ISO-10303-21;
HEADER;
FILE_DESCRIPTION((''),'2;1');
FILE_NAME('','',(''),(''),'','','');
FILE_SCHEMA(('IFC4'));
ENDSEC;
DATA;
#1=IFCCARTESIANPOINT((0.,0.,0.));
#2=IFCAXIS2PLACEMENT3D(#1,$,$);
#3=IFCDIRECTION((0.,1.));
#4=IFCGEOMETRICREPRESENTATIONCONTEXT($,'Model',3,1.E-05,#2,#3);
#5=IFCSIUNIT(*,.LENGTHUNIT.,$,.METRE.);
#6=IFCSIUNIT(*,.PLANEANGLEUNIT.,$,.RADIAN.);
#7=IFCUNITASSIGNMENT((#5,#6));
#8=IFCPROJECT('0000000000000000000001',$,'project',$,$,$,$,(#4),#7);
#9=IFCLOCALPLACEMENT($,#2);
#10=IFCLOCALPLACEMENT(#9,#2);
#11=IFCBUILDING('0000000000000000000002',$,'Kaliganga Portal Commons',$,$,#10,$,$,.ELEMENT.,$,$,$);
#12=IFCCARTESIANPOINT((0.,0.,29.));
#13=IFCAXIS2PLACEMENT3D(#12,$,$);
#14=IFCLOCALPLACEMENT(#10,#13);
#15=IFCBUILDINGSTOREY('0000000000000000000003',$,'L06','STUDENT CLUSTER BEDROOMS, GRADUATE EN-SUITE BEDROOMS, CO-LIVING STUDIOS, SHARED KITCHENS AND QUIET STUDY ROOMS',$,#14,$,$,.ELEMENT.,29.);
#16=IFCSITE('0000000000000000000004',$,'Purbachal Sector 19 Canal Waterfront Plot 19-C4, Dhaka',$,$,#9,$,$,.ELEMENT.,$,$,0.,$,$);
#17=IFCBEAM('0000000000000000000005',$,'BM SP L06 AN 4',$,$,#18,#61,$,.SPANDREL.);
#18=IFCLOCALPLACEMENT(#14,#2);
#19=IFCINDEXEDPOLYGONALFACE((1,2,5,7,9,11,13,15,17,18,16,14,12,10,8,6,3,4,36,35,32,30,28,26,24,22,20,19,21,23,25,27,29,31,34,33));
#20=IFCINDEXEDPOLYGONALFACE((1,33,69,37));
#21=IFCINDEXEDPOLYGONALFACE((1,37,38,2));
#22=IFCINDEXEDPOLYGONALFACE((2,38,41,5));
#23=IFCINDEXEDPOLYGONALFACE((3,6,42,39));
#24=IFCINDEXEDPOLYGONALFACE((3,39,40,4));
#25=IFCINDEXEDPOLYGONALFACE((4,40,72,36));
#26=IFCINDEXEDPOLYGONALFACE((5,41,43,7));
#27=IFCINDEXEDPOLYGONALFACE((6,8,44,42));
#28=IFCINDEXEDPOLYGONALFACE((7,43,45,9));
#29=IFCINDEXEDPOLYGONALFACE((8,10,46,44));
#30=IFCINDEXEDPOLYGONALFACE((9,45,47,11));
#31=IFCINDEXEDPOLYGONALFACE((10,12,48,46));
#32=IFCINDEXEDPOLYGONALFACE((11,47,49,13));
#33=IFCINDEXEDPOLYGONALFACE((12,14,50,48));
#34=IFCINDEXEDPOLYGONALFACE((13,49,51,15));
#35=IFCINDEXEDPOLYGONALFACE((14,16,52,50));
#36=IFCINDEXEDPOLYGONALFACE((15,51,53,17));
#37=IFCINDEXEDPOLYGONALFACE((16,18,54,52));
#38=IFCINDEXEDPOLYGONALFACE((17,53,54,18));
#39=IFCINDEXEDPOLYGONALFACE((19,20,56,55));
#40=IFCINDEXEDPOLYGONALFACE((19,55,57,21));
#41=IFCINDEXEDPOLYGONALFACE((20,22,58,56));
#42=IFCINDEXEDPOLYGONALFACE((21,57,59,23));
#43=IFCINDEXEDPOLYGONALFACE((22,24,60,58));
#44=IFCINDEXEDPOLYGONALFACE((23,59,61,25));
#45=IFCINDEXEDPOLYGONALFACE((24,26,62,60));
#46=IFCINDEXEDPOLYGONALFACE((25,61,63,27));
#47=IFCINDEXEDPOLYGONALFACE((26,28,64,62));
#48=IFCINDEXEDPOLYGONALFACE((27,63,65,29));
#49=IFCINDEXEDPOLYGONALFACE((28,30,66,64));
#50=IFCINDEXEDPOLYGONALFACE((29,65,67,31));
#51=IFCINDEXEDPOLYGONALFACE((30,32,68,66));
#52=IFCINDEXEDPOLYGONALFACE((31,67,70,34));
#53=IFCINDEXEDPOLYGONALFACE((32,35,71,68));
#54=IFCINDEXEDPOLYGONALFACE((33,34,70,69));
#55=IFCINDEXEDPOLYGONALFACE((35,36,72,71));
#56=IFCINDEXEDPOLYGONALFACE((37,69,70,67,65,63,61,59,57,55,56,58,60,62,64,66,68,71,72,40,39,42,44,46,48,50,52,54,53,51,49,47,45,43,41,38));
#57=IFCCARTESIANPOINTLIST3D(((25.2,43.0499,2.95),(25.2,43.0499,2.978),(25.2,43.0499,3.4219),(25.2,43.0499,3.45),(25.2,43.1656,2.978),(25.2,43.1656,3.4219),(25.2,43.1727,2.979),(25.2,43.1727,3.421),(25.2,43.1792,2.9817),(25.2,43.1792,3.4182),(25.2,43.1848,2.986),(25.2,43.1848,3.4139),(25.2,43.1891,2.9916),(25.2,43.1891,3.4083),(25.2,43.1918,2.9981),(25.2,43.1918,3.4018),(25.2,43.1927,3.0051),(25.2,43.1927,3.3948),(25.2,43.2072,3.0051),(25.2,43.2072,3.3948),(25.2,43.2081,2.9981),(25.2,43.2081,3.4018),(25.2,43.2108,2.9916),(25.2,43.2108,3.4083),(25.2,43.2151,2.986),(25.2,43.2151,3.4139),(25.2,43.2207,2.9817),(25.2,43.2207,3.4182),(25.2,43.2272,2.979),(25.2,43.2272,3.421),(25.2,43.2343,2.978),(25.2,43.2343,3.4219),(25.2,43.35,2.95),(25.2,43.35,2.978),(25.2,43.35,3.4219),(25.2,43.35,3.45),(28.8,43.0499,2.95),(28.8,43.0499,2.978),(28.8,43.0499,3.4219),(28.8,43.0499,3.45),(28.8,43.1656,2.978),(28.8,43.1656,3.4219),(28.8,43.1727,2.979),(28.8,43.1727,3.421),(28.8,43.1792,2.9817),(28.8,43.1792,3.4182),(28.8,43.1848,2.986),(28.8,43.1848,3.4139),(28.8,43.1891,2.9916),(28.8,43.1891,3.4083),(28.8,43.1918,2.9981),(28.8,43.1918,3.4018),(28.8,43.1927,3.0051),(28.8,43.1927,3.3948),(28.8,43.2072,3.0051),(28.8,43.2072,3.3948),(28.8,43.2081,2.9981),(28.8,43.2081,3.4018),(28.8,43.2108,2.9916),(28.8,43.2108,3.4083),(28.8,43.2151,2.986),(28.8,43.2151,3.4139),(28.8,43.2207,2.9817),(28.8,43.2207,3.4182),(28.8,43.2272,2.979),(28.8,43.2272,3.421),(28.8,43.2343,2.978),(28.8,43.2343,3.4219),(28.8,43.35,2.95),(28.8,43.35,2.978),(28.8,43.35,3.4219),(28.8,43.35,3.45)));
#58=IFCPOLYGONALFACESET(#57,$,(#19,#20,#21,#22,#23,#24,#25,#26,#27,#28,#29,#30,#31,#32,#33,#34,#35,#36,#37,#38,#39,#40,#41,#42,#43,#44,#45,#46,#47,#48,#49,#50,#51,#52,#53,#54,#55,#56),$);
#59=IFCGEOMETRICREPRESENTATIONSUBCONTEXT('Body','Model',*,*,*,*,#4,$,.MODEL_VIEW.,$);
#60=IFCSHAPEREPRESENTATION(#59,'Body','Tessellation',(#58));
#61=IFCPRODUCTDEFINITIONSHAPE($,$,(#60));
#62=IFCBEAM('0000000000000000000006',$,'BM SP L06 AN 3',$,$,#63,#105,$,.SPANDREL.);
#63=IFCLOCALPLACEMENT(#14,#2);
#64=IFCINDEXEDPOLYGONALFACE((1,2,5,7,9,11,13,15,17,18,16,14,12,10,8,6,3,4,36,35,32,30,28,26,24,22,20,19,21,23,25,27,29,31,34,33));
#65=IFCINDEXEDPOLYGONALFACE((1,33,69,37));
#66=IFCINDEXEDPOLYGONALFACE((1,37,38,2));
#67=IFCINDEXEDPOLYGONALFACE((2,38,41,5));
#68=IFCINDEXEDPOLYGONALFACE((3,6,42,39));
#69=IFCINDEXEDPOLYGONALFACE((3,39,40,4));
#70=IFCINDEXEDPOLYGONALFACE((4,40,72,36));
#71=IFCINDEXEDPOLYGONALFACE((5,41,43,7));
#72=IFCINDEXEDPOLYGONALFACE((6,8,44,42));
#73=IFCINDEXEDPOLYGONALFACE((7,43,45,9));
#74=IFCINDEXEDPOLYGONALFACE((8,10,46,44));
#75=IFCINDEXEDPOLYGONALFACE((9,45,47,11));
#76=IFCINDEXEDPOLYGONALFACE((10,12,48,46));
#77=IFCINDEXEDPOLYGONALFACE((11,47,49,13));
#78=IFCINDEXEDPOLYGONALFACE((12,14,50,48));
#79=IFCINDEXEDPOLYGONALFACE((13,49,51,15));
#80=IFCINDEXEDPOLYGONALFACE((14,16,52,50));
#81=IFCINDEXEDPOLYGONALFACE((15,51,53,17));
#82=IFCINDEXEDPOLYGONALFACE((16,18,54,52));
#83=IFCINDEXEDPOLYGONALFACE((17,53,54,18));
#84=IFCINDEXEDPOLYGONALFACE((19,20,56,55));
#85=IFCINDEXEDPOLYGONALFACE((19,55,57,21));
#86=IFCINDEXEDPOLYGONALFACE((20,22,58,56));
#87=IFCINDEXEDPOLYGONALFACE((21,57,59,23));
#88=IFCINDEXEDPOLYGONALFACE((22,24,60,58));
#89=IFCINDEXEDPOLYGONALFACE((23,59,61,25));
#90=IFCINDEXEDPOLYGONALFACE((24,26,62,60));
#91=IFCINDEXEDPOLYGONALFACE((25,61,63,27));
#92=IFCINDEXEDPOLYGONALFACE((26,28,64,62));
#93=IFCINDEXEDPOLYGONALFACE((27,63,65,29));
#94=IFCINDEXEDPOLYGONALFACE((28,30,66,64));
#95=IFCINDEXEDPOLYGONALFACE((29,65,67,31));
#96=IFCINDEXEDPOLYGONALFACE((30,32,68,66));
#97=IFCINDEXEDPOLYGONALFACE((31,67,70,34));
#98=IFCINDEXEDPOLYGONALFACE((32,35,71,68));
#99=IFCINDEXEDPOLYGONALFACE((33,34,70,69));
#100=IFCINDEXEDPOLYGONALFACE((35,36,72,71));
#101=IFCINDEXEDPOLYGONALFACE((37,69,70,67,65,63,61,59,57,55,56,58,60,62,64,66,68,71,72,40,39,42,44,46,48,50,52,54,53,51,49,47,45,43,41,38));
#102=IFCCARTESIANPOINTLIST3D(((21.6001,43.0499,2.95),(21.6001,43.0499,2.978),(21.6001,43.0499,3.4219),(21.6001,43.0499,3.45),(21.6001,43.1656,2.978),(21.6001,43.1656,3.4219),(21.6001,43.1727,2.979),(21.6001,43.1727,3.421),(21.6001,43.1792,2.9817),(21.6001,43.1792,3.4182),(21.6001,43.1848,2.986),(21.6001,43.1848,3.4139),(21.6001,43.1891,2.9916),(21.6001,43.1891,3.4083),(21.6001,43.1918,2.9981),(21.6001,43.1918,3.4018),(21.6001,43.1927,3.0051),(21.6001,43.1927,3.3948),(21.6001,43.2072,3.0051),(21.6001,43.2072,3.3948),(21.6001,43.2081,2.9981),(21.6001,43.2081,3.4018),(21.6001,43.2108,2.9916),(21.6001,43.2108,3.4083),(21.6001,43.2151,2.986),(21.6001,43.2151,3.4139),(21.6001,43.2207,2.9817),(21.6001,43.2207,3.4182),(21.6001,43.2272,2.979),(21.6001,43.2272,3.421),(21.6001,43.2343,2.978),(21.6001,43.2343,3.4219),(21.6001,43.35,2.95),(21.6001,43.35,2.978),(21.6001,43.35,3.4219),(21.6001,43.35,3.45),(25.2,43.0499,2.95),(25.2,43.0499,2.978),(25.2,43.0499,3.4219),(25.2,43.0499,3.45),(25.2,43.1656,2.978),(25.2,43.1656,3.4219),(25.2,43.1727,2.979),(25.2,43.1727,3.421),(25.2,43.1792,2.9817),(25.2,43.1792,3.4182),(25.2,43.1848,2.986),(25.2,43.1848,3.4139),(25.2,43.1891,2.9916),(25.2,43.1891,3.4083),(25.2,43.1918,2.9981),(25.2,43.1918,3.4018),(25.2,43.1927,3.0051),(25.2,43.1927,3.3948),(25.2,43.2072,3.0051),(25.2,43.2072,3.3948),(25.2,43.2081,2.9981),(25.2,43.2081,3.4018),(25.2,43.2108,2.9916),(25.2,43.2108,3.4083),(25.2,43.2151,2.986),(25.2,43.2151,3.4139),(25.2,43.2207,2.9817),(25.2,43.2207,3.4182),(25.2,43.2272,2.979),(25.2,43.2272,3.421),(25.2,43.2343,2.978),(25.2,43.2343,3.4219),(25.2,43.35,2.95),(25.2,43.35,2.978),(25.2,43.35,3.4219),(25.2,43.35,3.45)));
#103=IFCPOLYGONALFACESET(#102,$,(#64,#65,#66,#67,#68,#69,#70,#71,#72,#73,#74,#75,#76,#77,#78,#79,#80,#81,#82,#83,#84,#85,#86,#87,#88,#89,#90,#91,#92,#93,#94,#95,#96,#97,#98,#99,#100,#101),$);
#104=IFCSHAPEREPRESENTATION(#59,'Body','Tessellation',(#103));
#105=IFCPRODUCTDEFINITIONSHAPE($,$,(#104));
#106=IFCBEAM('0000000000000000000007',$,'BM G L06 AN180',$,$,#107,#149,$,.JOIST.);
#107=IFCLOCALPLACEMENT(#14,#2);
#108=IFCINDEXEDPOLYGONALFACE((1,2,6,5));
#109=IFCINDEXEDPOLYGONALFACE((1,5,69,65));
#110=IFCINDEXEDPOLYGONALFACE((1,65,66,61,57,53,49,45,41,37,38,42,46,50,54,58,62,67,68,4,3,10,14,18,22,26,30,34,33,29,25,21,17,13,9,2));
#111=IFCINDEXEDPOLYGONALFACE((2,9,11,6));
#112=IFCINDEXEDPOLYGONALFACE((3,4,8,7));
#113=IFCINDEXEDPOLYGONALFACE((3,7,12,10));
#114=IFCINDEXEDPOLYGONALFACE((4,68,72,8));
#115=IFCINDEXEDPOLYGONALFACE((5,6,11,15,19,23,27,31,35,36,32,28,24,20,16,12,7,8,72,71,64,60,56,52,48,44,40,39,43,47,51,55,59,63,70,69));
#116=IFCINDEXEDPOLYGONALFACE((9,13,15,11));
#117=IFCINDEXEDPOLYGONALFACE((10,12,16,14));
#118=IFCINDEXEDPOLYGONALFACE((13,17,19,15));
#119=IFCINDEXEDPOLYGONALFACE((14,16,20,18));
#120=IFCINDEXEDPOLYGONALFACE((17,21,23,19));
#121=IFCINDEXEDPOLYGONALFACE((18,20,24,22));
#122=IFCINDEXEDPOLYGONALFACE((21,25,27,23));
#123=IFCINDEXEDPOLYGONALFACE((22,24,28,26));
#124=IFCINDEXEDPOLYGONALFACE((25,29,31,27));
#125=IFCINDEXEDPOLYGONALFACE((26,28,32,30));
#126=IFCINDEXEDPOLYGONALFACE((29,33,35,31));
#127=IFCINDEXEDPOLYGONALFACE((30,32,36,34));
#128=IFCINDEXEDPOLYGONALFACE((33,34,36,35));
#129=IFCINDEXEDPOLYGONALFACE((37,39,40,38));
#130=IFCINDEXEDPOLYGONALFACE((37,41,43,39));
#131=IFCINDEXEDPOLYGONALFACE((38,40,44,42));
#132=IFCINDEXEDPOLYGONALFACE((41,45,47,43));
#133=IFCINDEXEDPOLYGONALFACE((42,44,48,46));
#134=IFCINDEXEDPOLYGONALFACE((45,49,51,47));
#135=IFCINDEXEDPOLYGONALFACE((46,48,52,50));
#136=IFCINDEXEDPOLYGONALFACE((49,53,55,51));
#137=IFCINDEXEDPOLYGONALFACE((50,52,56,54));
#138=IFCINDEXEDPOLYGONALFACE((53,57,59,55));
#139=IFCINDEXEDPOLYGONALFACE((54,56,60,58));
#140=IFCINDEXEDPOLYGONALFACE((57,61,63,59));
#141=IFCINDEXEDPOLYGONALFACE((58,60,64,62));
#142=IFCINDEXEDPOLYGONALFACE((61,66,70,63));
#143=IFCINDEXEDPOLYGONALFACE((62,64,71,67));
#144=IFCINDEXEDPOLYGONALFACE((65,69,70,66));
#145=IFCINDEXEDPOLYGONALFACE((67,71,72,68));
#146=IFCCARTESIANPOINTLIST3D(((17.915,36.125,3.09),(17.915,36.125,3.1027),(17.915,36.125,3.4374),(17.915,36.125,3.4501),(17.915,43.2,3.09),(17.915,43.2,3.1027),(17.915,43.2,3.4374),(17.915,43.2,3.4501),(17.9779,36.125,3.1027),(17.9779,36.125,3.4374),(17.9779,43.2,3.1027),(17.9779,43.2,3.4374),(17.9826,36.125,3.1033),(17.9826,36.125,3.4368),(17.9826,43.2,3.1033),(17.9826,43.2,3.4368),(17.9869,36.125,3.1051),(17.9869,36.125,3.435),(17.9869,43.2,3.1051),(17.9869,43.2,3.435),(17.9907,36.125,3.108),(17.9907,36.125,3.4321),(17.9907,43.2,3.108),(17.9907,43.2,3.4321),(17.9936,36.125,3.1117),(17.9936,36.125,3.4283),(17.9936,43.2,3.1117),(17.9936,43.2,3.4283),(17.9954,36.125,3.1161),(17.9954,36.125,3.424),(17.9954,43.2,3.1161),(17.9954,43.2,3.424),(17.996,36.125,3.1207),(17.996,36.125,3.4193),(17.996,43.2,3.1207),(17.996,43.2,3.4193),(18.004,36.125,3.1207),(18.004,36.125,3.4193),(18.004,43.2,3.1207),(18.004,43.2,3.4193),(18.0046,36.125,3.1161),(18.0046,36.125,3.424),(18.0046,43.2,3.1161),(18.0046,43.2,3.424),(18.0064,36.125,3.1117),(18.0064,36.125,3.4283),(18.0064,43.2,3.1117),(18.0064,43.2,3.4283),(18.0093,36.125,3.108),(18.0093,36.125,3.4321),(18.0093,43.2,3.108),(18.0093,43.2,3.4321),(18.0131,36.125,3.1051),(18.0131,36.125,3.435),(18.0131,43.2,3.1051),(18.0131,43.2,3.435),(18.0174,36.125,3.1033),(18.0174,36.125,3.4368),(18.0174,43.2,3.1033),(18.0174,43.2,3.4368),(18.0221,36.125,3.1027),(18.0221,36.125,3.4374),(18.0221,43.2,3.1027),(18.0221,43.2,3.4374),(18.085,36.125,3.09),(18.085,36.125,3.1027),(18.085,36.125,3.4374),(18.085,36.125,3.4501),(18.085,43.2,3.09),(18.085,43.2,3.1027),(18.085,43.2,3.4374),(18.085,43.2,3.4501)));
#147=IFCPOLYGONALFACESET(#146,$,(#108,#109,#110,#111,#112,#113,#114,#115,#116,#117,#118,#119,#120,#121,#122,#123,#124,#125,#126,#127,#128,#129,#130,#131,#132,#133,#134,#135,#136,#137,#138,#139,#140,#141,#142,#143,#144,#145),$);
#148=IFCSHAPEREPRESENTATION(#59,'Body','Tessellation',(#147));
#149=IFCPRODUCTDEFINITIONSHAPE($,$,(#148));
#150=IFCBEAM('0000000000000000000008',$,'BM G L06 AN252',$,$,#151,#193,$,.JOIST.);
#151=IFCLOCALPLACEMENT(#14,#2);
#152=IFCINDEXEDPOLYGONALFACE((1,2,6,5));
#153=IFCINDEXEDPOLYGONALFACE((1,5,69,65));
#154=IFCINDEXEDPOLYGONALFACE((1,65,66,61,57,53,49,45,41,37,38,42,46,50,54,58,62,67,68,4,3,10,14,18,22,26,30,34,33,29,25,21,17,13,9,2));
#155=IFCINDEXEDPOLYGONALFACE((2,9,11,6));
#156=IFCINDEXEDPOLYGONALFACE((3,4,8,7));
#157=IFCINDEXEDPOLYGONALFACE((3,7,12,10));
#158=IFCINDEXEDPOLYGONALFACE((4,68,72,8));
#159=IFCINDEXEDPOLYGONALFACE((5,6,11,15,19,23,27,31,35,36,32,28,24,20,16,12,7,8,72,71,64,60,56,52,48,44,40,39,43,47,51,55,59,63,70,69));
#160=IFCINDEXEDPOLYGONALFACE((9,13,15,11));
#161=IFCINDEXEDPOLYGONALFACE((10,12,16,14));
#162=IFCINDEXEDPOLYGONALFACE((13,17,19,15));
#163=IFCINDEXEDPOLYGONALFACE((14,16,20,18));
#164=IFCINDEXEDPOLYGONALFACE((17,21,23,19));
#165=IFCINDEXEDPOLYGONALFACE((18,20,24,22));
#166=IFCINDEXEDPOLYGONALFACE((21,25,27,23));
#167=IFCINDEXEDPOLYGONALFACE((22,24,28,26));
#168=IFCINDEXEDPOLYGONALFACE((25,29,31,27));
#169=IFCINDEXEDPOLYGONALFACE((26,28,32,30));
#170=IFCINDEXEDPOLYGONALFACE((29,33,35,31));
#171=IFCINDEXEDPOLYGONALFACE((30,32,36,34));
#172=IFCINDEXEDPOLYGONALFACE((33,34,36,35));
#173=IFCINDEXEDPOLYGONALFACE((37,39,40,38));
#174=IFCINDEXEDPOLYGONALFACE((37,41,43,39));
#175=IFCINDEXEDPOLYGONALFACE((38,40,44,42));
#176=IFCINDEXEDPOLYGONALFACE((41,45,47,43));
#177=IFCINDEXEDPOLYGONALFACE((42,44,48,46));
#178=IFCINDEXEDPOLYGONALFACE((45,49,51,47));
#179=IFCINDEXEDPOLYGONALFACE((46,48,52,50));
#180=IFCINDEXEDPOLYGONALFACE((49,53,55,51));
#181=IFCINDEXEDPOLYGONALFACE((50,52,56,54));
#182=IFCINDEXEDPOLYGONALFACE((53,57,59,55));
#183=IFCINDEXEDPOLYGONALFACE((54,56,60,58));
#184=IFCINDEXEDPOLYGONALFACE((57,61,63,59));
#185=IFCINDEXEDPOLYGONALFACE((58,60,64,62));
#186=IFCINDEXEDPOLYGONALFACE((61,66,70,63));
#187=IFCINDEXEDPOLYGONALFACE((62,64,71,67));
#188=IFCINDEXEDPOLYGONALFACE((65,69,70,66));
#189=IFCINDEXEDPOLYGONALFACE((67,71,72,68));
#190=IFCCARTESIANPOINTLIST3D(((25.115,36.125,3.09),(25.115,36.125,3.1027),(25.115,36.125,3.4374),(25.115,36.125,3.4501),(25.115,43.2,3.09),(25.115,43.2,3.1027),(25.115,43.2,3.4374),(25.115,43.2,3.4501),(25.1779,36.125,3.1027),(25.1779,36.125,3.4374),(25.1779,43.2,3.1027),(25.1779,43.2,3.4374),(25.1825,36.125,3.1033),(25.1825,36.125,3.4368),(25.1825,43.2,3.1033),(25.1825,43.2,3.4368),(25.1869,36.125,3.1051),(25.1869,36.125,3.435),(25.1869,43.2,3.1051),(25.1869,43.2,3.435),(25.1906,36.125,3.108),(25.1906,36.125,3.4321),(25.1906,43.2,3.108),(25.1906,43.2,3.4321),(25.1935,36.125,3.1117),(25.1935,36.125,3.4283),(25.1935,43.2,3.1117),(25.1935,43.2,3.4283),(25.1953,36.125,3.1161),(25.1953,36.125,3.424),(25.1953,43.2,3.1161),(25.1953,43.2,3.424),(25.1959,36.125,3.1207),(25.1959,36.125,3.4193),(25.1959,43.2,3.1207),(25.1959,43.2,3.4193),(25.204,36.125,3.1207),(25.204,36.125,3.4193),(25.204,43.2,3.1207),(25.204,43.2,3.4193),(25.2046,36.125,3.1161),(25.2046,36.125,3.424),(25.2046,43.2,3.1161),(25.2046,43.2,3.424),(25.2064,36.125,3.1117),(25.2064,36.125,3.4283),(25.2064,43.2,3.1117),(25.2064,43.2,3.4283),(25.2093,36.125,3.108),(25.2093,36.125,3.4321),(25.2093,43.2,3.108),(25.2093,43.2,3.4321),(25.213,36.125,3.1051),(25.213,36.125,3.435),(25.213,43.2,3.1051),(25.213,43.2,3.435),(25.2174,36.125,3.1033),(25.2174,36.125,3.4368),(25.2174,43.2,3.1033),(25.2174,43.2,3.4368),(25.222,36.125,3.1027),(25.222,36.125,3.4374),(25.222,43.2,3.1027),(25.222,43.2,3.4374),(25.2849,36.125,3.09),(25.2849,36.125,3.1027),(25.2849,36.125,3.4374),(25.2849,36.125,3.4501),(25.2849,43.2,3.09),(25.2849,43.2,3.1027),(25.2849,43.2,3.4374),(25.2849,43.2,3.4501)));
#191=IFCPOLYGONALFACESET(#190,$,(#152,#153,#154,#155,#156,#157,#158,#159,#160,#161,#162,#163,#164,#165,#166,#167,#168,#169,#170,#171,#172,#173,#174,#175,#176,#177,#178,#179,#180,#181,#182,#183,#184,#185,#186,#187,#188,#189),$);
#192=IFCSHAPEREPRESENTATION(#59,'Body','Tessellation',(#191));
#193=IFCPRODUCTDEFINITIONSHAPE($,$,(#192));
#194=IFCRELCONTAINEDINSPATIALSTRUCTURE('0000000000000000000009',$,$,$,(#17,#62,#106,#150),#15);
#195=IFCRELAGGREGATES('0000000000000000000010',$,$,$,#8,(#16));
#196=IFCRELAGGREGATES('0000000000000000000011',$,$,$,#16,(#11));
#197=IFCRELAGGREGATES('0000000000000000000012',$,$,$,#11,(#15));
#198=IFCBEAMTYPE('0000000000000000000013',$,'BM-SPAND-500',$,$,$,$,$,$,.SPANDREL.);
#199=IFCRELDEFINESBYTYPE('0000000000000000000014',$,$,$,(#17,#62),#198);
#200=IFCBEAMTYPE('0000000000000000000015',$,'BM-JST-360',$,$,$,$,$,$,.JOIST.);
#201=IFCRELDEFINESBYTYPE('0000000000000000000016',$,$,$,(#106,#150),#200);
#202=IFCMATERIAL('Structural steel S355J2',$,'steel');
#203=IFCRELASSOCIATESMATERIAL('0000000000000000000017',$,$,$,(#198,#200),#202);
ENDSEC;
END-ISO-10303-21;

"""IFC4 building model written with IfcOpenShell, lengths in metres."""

from ifc_helpers import new_model, si_unit, direction, frame, origin, origin_2d, place, context, subcontext, project, spatial, i_section, extrude, source, transform, mapped, material, material_profile, profile_set, type_object, element, save


model = new_model("IFC4")

# Units and contexts
model_context = context("Model", 3, precision=1e-05, world=origin(), true_north=direction((0.0, 1.0)))
body_context = subcontext(model_context, "Body", "Model", "MODEL_VIEW")
ifc_project = project(units=[si_unit("LENGTHUNIT", "METRE"), si_unit("PLANEANGLEUNIT", "RADIAN")], contexts=[model_context])

# Site, building, storey
site_placement = place(None, origin())
site = spatial("IfcSite", under=ifc_project, at=site_placement, Name="Purbachal Sector 19 Canal Waterfront Plot 19-C4, Dhaka", CompositionType="ELEMENT", RefElevation=0.0)
building_placement = place(site_placement, origin())
building = spatial("IfcBuilding", under=site, at=building_placement, Name="Kaliganga Portal Commons", CompositionType="ELEMENT")
storey_placement = place(building_placement, frame((0.0, 0.0, 29.0)))
storey = spatial("IfcBuildingStorey", under=building, at=storey_placement, Name="L06", Description="STUDENT CLUSTER BEDROOMS, GRADUATE EN-SUITE BEDROOMS, CO-LIVING STUDIOS, SHARED KITCHENS AND QUIET STUDY ROOMS", CompositionType="ELEMENT", Elevation=29.0)

# Beams
ifc_material_1 = material(Name="Structural steel S355J2", Category="steel")
ifc_material_profile_1 = material_profile(ifc_material_1, i_section(OverallWidth=0.3, OverallDepth=0.5, WebThickness=0.0144, FlangeThickness=0.0281, FilletRadius=0.0271, at=origin_2d()), Name="HE 500 B")
ifc_profile_set_1 = profile_set([ifc_material_profile_1], Name="Structural steel S355J2 wide-flange")
beam_type_1 = type_object("IfcBeamType", Name="BM-SPAND-500", PredefinedType="SPANDREL", material=ifc_profile_set_1)
shared_shape_1 = source(origin(), body_context, "Body", "SweptSolid", [
    extrude(i_section(OverallWidth=0.3, OverallDepth=0.5, WebThickness=0.0144, FlangeThickness=0.0281, FilletRadius=0.0271, at=origin_2d()), origin(), (0.0, 0.0, 1.0), 3.6001),
])
for number, where, z_axis, x_axis, name in (
    (1, (25.2, 43.2, 3.2), (1.0, 0.0, 0.0), (0.0, 1.0, 0.0), "BM SP L06 AN 4"),
):
    element("IfcBeam", number, at=place(storey_placement, frame(where, z_axis=z_axis, x_axis=x_axis)), inside=storey, type_object=beam_type_1, Name=name, PredefinedType="SPANDREL", context=body_context, shape_type="MappedRepresentation", body=[
        mapped(shared_shape_1, transform((0.0, 0.0, 0.0), x_axis=(1.0, 0.0, 0.0), y_axis=(0.0, 1.0, 0.0), z_axis=(0.0, 0.0, 1.0), scale=1.0)),
    ])
shared_shape_2 = source(origin(), body_context, "Body", "SweptSolid", [
    extrude(i_section(OverallWidth=0.3, OverallDepth=0.5, WebThickness=0.0144, FlangeThickness=0.0281, FilletRadius=0.0271, at=origin_2d()), origin(), (0.0, 0.0, 1.0), 3.5999),
])
beam_1_placement = place(storey_placement, frame((21.6001, 43.2, 3.2), z_axis=(1.0, 0.0, 0.0), x_axis=(0.0, 1.0, 0.0)))
element("IfcBeam", 2, at=beam_1_placement, inside=storey, type_object=beam_type_1, Name="BM SP L06 AN 3", PredefinedType="SPANDREL", context=body_context, shape_type="MappedRepresentation", body=[
    mapped(shared_shape_2, transform((0.0, 0.0, 0.0), x_axis=(1.0, 0.0, 0.0), y_axis=(0.0, 1.0, 0.0), z_axis=(0.0, 0.0, 1.0), scale=1.0)),
])
ifc_material_profile_2 = material_profile(ifc_material_1, i_section(OverallWidth=0.1699, OverallDepth=0.3601, WebThickness=0.0081, FlangeThickness=0.0127, FilletRadius=0.0181, at=origin_2d()), Name="IPE 360")
ifc_profile_set_2 = profile_set([ifc_material_profile_2], Name="Structural steel S355J2 wide-flange")
beam_type_2 = type_object("IfcBeamType", Name="BM-JST-360", PredefinedType="JOIST", material=ifc_profile_set_2)
shared_shape_3 = source(origin(), body_context, "Body", "SweptSolid", [
    extrude(i_section(OverallWidth=0.1699, OverallDepth=0.3601, WebThickness=0.0081, FlangeThickness=0.0127, FilletRadius=0.0181, at=origin_2d()), origin(), (0.0, 0.0, 1.0), 7.075),
])
for number, where, z_axis, x_axis, name in (
    (3, (18.0, 36.125, 3.27), (0.0, 1.0, 0.0), (-1.0, 0.0, 0.0), "BM G L06 AN180"),
    (4, (25.2, 36.125, 3.27), (0.0, 1.0, 0.0), (-1.0, 0.0, 0.0), "BM G L06 AN252"),
):
    element("IfcBeam", number, at=place(storey_placement, frame(where, z_axis=z_axis, x_axis=x_axis)), inside=storey, type_object=beam_type_2, Name=name, PredefinedType="JOIST", context=body_context, shape_type="MappedRepresentation", body=[
        mapped(shared_shape_3, transform((0.0, 0.0, 0.0), x_axis=(1.0, 0.0, 0.0), y_axis=(0.0, 1.0, 0.0), z_axis=(0.0, 0.0, 1.0), scale=1.0)),
    ])

save(model, "model.ifc")
